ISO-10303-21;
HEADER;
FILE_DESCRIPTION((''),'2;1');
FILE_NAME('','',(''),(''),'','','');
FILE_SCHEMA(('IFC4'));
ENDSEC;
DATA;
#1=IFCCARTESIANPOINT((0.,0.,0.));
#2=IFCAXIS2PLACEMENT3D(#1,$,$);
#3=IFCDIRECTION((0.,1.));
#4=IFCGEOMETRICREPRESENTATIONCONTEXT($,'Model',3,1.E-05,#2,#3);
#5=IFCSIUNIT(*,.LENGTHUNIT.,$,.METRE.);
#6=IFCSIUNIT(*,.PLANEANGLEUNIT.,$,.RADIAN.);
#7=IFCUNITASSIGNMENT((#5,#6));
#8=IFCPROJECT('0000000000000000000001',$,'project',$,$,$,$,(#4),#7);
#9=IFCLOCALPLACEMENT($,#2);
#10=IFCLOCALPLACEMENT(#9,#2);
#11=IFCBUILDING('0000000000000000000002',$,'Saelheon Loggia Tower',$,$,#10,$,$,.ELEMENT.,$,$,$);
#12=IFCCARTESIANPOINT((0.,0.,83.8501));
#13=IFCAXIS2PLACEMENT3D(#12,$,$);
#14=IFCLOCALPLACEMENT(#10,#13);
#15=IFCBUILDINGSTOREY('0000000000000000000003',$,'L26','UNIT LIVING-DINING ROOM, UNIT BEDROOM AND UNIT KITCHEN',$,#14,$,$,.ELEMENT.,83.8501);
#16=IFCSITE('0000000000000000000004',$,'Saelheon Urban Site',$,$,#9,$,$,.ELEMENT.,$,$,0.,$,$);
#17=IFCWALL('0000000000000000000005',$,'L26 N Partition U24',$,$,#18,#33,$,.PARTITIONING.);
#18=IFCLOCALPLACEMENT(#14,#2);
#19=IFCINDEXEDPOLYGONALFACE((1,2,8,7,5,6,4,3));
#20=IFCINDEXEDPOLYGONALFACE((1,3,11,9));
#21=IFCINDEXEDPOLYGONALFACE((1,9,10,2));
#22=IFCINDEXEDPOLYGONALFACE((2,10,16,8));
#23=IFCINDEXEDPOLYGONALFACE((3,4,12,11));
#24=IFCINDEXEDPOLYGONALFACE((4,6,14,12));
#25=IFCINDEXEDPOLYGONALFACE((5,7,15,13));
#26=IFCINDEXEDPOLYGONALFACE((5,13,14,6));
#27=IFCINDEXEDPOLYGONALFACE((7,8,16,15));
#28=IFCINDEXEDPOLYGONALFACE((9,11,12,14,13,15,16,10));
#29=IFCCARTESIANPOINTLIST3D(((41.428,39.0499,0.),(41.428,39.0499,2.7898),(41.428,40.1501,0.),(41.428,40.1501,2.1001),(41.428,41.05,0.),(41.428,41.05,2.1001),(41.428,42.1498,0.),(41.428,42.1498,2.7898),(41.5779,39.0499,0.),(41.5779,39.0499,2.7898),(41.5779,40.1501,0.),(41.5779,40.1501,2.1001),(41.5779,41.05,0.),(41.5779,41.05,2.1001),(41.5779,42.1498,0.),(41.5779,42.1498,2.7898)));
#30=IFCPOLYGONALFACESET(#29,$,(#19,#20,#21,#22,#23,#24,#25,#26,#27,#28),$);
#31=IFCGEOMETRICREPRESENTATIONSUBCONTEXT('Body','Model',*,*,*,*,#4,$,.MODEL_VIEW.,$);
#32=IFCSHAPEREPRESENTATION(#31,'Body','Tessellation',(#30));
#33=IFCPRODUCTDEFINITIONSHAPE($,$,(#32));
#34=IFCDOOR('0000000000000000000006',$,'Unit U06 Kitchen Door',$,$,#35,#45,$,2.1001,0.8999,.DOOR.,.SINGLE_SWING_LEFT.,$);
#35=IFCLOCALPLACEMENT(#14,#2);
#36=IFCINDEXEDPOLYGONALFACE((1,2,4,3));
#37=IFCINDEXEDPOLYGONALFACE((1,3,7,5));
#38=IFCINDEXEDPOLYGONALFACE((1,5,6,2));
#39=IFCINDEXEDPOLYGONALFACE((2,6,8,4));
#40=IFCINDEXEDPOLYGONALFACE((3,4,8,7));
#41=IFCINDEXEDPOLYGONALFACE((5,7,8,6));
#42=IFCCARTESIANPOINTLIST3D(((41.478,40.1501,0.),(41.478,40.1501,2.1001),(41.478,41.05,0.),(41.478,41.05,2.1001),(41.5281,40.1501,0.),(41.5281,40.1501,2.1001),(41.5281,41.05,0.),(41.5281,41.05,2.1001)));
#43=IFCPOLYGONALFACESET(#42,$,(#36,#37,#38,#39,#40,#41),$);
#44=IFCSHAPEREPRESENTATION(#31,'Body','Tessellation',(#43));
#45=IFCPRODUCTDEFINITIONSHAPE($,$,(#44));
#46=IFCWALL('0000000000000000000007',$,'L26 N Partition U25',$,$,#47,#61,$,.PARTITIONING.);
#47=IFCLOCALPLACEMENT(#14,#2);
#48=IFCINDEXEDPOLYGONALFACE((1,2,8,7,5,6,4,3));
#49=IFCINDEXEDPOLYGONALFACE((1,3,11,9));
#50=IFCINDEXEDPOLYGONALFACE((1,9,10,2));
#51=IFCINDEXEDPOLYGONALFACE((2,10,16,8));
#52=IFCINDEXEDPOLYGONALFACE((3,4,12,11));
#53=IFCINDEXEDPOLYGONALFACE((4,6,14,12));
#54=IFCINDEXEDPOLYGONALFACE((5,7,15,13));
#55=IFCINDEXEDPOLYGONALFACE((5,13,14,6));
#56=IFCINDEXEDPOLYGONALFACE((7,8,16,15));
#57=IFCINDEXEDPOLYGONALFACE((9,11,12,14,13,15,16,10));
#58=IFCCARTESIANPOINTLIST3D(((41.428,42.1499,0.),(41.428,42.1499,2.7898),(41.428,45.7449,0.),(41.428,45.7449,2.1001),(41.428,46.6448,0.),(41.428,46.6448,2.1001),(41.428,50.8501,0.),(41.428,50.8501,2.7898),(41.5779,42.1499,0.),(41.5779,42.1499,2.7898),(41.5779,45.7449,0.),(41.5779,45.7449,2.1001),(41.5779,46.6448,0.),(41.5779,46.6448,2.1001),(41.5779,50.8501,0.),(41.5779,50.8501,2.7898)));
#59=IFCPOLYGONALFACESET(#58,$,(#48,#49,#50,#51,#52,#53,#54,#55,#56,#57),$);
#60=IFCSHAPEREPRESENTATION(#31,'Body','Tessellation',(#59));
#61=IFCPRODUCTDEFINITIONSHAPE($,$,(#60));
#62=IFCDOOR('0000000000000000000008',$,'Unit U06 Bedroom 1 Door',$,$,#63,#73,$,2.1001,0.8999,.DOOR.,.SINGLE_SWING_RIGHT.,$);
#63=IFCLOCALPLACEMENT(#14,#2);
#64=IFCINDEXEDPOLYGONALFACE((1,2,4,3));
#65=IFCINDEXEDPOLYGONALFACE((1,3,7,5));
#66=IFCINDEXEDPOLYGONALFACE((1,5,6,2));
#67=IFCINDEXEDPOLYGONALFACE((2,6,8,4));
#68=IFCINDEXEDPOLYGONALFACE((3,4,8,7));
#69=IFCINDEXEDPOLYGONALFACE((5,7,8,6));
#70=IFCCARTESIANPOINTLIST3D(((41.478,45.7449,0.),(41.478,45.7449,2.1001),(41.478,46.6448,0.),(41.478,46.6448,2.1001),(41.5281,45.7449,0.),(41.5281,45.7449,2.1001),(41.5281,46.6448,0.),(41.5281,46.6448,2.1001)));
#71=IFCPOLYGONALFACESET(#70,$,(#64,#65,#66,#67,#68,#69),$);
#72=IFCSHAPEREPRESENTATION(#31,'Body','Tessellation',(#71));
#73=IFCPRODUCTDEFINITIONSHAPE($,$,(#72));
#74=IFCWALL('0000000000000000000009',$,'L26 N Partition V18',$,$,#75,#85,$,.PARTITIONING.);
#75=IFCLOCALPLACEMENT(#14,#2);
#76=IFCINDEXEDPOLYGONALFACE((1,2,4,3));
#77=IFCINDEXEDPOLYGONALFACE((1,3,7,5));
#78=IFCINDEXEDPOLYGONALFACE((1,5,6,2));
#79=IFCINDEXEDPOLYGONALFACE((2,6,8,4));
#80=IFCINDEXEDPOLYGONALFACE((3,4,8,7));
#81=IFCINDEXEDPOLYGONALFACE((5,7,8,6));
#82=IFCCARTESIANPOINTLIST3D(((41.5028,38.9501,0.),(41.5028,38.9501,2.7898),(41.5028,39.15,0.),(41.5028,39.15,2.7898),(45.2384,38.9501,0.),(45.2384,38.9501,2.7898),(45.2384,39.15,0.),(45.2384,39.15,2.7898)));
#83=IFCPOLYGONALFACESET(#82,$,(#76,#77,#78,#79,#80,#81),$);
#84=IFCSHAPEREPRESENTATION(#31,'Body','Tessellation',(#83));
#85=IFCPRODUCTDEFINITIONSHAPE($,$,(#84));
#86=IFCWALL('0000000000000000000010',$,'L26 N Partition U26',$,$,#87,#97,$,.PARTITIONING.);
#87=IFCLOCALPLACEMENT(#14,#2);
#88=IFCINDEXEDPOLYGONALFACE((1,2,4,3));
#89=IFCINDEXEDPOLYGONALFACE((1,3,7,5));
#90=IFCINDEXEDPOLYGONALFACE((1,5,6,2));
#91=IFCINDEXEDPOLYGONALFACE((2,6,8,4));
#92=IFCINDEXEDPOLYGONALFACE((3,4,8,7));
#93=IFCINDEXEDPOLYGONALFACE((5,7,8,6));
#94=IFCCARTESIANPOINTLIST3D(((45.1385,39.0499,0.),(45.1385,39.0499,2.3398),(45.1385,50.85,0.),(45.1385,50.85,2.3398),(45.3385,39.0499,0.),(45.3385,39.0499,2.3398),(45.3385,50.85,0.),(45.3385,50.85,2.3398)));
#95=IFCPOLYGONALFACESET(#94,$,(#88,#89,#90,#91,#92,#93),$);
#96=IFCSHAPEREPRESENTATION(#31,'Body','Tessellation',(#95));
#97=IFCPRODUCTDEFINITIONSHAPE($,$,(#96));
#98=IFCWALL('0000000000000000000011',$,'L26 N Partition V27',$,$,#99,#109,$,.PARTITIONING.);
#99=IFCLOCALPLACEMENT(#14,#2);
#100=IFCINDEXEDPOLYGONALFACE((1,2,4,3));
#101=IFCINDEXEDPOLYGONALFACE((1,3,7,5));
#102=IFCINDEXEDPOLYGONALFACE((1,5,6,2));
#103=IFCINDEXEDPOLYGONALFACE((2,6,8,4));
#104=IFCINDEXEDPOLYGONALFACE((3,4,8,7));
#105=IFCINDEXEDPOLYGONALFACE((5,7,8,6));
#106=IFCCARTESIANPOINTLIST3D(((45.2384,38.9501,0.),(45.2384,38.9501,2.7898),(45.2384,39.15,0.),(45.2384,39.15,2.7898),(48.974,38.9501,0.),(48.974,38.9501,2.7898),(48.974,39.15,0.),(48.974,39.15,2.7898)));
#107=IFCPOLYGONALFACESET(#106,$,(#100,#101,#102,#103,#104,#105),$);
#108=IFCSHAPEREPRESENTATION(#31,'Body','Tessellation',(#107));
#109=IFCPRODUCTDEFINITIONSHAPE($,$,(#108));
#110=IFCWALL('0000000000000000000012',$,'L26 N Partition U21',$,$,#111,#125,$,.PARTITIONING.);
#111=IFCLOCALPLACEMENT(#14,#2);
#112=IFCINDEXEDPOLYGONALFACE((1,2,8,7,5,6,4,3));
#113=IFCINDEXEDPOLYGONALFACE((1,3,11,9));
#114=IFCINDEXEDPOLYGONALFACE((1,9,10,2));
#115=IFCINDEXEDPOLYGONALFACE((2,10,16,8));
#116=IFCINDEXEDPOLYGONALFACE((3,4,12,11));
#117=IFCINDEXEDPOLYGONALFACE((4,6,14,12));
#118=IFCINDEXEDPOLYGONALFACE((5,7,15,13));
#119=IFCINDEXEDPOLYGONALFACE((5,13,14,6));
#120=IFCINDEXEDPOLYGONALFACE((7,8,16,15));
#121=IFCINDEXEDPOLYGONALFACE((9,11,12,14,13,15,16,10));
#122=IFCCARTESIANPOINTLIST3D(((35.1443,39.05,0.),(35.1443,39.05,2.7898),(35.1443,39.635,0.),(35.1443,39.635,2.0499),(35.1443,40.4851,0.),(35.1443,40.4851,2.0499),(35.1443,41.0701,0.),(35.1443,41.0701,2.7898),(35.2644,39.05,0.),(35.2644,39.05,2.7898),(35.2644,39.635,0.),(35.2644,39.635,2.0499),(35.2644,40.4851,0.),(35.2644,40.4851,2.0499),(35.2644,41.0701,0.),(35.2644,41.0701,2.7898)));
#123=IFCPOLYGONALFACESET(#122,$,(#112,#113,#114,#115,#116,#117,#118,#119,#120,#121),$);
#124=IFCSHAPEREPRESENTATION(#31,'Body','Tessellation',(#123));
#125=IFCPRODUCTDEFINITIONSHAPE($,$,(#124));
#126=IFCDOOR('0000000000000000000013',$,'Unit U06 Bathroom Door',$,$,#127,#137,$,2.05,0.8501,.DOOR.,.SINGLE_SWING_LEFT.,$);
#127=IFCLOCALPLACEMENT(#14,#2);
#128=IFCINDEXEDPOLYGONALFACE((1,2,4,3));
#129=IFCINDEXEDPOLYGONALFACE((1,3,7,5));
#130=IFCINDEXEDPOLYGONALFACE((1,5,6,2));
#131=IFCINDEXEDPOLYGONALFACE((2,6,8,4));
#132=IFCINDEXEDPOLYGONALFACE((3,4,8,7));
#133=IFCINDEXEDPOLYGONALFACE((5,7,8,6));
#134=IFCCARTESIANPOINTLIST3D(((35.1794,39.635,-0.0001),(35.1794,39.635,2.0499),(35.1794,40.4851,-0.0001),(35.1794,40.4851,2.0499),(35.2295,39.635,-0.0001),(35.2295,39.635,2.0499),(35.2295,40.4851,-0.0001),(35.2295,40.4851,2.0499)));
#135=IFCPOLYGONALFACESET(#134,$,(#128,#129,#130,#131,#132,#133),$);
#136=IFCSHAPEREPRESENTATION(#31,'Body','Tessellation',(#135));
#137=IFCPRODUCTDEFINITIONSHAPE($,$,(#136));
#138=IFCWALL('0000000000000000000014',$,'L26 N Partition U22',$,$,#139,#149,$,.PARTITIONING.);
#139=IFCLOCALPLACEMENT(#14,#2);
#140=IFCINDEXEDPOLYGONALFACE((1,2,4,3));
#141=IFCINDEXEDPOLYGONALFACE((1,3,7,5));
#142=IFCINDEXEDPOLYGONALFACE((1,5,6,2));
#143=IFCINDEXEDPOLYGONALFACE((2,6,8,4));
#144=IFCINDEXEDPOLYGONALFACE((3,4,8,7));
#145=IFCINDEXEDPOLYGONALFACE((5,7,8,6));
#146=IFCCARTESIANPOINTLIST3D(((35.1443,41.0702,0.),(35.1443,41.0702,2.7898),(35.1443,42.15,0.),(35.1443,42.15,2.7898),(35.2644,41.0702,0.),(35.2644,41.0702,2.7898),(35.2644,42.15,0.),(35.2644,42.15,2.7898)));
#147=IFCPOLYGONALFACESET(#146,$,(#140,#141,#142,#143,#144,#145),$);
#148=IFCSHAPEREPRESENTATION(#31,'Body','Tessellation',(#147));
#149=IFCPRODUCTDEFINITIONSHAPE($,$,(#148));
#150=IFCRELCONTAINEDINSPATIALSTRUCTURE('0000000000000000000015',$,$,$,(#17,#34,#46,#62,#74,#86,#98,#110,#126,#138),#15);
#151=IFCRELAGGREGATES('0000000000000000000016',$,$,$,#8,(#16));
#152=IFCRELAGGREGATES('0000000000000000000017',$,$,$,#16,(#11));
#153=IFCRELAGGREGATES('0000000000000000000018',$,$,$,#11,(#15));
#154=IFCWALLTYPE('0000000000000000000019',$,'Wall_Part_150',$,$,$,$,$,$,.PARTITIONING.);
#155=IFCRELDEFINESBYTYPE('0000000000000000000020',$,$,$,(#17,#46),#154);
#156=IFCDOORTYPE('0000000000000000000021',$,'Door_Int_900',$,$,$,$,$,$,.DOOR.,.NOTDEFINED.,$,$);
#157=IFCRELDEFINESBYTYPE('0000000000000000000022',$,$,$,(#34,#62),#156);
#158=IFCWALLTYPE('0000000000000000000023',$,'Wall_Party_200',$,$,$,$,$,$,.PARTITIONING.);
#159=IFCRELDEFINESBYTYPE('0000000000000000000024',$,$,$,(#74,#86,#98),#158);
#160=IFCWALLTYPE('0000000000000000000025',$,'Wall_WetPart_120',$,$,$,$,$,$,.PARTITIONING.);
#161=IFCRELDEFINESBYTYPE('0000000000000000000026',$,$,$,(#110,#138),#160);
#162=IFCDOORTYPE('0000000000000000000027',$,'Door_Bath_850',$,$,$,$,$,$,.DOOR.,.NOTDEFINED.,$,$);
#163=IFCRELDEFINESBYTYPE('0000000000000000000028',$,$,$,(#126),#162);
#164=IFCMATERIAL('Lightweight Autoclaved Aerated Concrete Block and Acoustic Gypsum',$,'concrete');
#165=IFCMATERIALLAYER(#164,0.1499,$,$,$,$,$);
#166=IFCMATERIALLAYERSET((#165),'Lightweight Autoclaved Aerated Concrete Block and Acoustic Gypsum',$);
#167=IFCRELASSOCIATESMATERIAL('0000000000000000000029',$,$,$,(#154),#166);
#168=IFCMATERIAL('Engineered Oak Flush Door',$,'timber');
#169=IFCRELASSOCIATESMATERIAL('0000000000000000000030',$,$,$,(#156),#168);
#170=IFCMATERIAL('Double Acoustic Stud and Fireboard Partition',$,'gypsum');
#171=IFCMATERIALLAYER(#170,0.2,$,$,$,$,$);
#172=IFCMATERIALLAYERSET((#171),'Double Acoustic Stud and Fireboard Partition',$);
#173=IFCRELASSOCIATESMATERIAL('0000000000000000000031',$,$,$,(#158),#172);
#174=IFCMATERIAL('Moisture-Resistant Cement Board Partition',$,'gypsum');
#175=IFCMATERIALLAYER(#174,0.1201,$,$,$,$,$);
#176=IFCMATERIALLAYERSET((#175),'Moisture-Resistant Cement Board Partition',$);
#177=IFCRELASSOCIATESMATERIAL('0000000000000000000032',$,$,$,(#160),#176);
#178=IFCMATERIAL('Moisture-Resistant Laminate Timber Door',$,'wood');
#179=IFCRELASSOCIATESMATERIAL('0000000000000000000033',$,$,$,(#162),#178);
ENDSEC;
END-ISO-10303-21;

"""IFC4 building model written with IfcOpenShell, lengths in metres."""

from ifc_helpers import new_model, si_unit, direction, frame, frame_2d, origin, place, context, subcontext, project, spatial, rectangle, extrude, source, transform, mapped, material, layer, layer_set, type_object, element, fill, save


model = new_model("IFC4")

# Units and contexts
model_context = context("Model", 3, precision=1e-05, world=origin(), true_north=direction((0.0, 1.0)))
body_context = subcontext(model_context, "Body", "Model", "MODEL_VIEW")
ifc_project = project(units=[si_unit("LENGTHUNIT", "METRE"), si_unit("PLANEANGLEUNIT", "RADIAN")], contexts=[model_context])

# Site, building, storey
site_placement = place(None, origin())
site = spatial("IfcSite", under=ifc_project, at=site_placement, Name="Saelheon Urban Site", CompositionType="ELEMENT", RefElevation=0.0)
building_placement = place(site_placement, origin())
building = spatial("IfcBuilding", under=site, at=building_placement, Name="Saelheon Loggia Tower", CompositionType="ELEMENT")
storey_placement = place(building_placement, frame((0.0, 0.0, 83.8501)))
storey = spatial("IfcBuildingStorey", under=building, at=storey_placement, Name="L26", Description="UNIT LIVING-DINING ROOM, UNIT BEDROOM AND UNIT KITCHEN", CompositionType="ELEMENT", Elevation=83.8501)

# Shared definitions
ifc_material_1 = material(Name="Lightweight Autoclaved Aerated Concrete Block and Acoustic Gypsum", Category="concrete")
ifc_layer_1 = layer(ifc_material_1, 0.1499)
ifc_layer_set_1 = layer_set([ifc_layer_1], Name="Lightweight Autoclaved Aerated Concrete Block and Acoustic Gypsum")
wall_type_1 = type_object("IfcWallType", Name="Wall_Part_150", PredefinedType="PARTITIONING", material=ifc_layer_set_1)

# Walls, openings, doors
ifc_material_2 = material(Name="Engineered Oak Flush Door", Category="timber")
door_type_1 = type_object("IfcDoorType", Name="Door_Int_900", OperationType="NOTDEFINED", PredefinedType="DOOR", material=ifc_material_2)
shared_shape_1 = source(origin(), body_context, "Body", "SweptSolid", [
    extrude(rectangle(XDim=0.8999, YDim=2.1001, at=frame_2d((0.45, 1.05))), frame((0.0, 0.0249, 0.0), z_axis=(0.0, -1.0, 0.0), x_axis=(1.0, 0.0, 0.0)), (0.0, 0.0, 1.0), 0.05),
])
wall_1_placement = place(storey_placement, frame((41.5029, 39.05, 0.0), z_axis=(0.0, 0.0, 1.0), x_axis=(0.0, 1.0, 0.0)))
wall_1 = element("IfcWall", 1, at=wall_1_placement, inside=storey, type_object=wall_type_1, Name="L26 N Partition U24", PredefinedType="PARTITIONING", context=body_context, shape_type="SweptSolid", body=[
    extrude(rectangle(XDim=3.0999, YDim=0.1499, at=frame_2d((1.5498, 0.0))), origin(), (0.0, 0.0, 1.0), 2.7898),
])
opening_1_placement = place(wall_1_placement, frame((1.1001, 0.0, 0.0)))
opening_1 = element("IfcOpeningElement", 2, at=opening_1_placement, cuts=wall_1, PredefinedType="OPENING", context=body_context, shape_type="SweptSolid", body=[
    extrude(rectangle(XDim=0.8999, YDim=2.1001, at=frame_2d((0.45, 1.05))), frame((0.0, 0.0869, 0.0), z_axis=(0.0, -1.0, 0.0), x_axis=(1.0, 0.0, 0.0)), (0.0, 0.0, 1.0), 0.1738),
])
door_1_placement = place(opening_1_placement, origin())
door_1 = element("IfcDoor", 3, at=door_1_placement, inside=storey, type_object=door_type_1, Name="Unit U06 Kitchen Door", OperationType="SINGLE_SWING_LEFT", OverallHeight=2.1001, OverallWidth=0.8999, PredefinedType="DOOR", context=body_context, shape_type="MappedRepresentation", body=[
    mapped(shared_shape_1, transform((0.0, 0.0, 0.0), scale=1.0)),
])
fill(opening_1, door_1)
wall_2_placement = place(storey_placement, frame((41.5029, 42.1499, 0.0), z_axis=(0.0, 0.0, 1.0), x_axis=(0.0, 1.0, 0.0)))
wall_2 = element("IfcWall", 4, at=wall_2_placement, inside=storey, type_object=wall_type_1, Name="L26 N Partition U25", PredefinedType="PARTITIONING", context=body_context, shape_type="SweptSolid", body=[
    extrude(rectangle(XDim=8.7002, YDim=0.1499, at=frame_2d((4.3501, 0.0))), origin(), (0.0, 0.0, 1.0), 2.7898),
])
opening_2_placement = place(wall_2_placement, frame((3.595, 0.0, 0.0)))
opening_2 = element("IfcOpeningElement", 5, at=opening_2_placement, cuts=wall_2, PredefinedType="OPENING", context=body_context, shape_type="SweptSolid", body=[
    extrude(rectangle(XDim=0.8999, YDim=2.1001, at=frame_2d((0.45, 1.05))), frame((0.0, 0.0869, 0.0), z_axis=(0.0, -1.0, 0.0), x_axis=(1.0, 0.0, 0.0)), (0.0, 0.0, 1.0), 0.1738),
])
door_2_placement = place(opening_2_placement, origin())
door_2 = element("IfcDoor", 6, at=door_2_placement, inside=storey, type_object=door_type_1, Name="Unit U06 Bedroom 1 Door", OperationType="SINGLE_SWING_RIGHT", OverallHeight=2.1001, OverallWidth=0.8999, PredefinedType="DOOR", context=body_context, shape_type="MappedRepresentation", body=[
    mapped(shared_shape_1, transform((0.0, 0.0, 0.0), scale=1.0)),
])
fill(opening_2, door_2)
ifc_material_3 = material(Name="Double Acoustic Stud and Fireboard Partition", Category="gypsum")
ifc_layer_2 = layer(ifc_material_3, 0.2)
ifc_layer_set_2 = layer_set([ifc_layer_2], Name="Double Acoustic Stud and Fireboard Partition")
wall_type_2 = type_object("IfcWallType", Name="Wall_Party_200", PredefinedType="PARTITIONING", material=ifc_layer_set_2)

# Walls
wall_3_placement = place(storey_placement, frame((41.5029, 39.05, 0.0), z_axis=(0.0, 0.0, 1.0), x_axis=(1.0, 0.0, 0.0)))
element("IfcWall", 7, at=wall_3_placement, inside=storey, type_object=wall_type_2, Name="L26 N Partition V18", PredefinedType="PARTITIONING", context=body_context, shape_type="SweptSolid", body=[
    extrude(rectangle(XDim=3.7356, YDim=0.2, at=frame_2d((1.8677, 0.0))), origin(), (0.0, 0.0, 1.0), 2.7898),
])
wall_4_placement = place(storey_placement, frame((45.2385, 39.05, 0.0), z_axis=(0.0, 0.0, 1.0), x_axis=(0.0, 1.0, 0.0)))
element("IfcWall", 8, at=wall_4_placement, inside=storey, type_object=wall_type_2, Name="L26 N Partition U26", PredefinedType="PARTITIONING", context=body_context, shape_type="SweptSolid", body=[
    extrude(rectangle(XDim=11.8, YDim=0.2, at=frame_2d((5.8999, 0.0))), origin(), (0.0, 0.0, 1.0), 2.3398),
])
wall_5_placement = place(storey_placement, frame((45.2385, 39.05, 0.0), z_axis=(0.0, 0.0, 1.0), x_axis=(1.0, 0.0, 0.0)))
element("IfcWall", 9, at=wall_5_placement, inside=storey, type_object=wall_type_2, Name="L26 N Partition V27", PredefinedType="PARTITIONING", context=body_context, shape_type="SweptSolid", body=[
    extrude(rectangle(XDim=3.7356, YDim=0.2, at=frame_2d((1.8677, 0.0))), origin(), (0.0, 0.0, 1.0), 2.7898),
])

# Wall, opening, door
ifc_material_4 = material(Name="Moisture-Resistant Cement Board Partition", Category="gypsum")
ifc_layer_3 = layer(ifc_material_4, 0.1201)
ifc_layer_set_3 = layer_set([ifc_layer_3], Name="Moisture-Resistant Cement Board Partition")
wall_type_3 = type_object("IfcWallType", Name="Wall_WetPart_120", PredefinedType="PARTITIONING", material=ifc_layer_set_3)
wall_6_placement = place(storey_placement, frame((35.2043, 39.05, 0.0), z_axis=(0.0, 0.0, 1.0), x_axis=(0.0, 1.0, 0.0)))
wall_6 = element("IfcWall", 10, at=wall_6_placement, inside=storey, type_object=wall_type_3, Name="L26 N Partition U21", PredefinedType="PARTITIONING", context=body_context, shape_type="SweptSolid", body=[
    extrude(rectangle(XDim=2.02, YDim=0.1201, at=frame_2d((1.01, 0.0))), origin(), (0.0, 0.0, 1.0), 2.7898),
])
opening_3_placement = place(wall_6_placement, frame((0.585, 0.0, 0.0)))
opening_3 = element("IfcOpeningElement", 11, at=opening_3_placement, cuts=wall_6, PredefinedType="OPENING", context=body_context, shape_type="SweptSolid", body=[
    extrude(rectangle(XDim=0.8501, YDim=2.05, at=frame_2d((0.425, 1.0249))), frame((0.0, 0.072, 0.0), z_axis=(0.0, -1.0, 0.0), x_axis=(1.0, 0.0, 0.0)), (0.0, 0.0, 1.0), 0.144),
])
ifc_material_5 = material(Name="Moisture-Resistant Laminate Timber Door", Category="wood")
door_type_2 = type_object("IfcDoorType", Name="Door_Bath_850", OperationType="NOTDEFINED", PredefinedType="DOOR", material=ifc_material_5)
shared_shape_2 = source(origin(), body_context, "Body", "SweptSolid", [
    extrude(rectangle(XDim=0.8501, YDim=2.05, at=frame_2d((0.425, 1.0249))), frame((0.0, 0.0249, 0.0), z_axis=(0.0, -1.0, 0.0), x_axis=(1.0, 0.0, 0.0)), (0.0, 0.0, 1.0), 0.05),
])
door_3_placement = place(opening_3_placement, origin())
door_3 = element("IfcDoor", 12, at=door_3_placement, inside=storey, type_object=door_type_2, Name="Unit U06 Bathroom Door", OperationType="SINGLE_SWING_LEFT", OverallHeight=2.05, OverallWidth=0.8501, PredefinedType="DOOR", context=body_context, shape_type="MappedRepresentation", body=[
    mapped(shared_shape_2, transform((0.0, 0.0, 0.0), scale=1.0)),
])
fill(opening_3, door_3)

# Wall
wall_7_placement = place(storey_placement, frame((35.2043, 41.0701, 0.0), z_axis=(0.0, 0.0, 1.0), x_axis=(0.0, 1.0, 0.0)))
element("IfcWall", 13, at=wall_7_placement, inside=storey, type_object=wall_type_3, Name="L26 N Partition U22", PredefinedType="PARTITIONING", context=body_context, shape_type="SweptSolid", body=[
    extrude(rectangle(XDim=1.0798, YDim=0.1201, at=frame_2d((0.54, 0.0))), origin(), (0.0, 0.0, 1.0), 2.7898),
])

save(model, "model.ifc")
